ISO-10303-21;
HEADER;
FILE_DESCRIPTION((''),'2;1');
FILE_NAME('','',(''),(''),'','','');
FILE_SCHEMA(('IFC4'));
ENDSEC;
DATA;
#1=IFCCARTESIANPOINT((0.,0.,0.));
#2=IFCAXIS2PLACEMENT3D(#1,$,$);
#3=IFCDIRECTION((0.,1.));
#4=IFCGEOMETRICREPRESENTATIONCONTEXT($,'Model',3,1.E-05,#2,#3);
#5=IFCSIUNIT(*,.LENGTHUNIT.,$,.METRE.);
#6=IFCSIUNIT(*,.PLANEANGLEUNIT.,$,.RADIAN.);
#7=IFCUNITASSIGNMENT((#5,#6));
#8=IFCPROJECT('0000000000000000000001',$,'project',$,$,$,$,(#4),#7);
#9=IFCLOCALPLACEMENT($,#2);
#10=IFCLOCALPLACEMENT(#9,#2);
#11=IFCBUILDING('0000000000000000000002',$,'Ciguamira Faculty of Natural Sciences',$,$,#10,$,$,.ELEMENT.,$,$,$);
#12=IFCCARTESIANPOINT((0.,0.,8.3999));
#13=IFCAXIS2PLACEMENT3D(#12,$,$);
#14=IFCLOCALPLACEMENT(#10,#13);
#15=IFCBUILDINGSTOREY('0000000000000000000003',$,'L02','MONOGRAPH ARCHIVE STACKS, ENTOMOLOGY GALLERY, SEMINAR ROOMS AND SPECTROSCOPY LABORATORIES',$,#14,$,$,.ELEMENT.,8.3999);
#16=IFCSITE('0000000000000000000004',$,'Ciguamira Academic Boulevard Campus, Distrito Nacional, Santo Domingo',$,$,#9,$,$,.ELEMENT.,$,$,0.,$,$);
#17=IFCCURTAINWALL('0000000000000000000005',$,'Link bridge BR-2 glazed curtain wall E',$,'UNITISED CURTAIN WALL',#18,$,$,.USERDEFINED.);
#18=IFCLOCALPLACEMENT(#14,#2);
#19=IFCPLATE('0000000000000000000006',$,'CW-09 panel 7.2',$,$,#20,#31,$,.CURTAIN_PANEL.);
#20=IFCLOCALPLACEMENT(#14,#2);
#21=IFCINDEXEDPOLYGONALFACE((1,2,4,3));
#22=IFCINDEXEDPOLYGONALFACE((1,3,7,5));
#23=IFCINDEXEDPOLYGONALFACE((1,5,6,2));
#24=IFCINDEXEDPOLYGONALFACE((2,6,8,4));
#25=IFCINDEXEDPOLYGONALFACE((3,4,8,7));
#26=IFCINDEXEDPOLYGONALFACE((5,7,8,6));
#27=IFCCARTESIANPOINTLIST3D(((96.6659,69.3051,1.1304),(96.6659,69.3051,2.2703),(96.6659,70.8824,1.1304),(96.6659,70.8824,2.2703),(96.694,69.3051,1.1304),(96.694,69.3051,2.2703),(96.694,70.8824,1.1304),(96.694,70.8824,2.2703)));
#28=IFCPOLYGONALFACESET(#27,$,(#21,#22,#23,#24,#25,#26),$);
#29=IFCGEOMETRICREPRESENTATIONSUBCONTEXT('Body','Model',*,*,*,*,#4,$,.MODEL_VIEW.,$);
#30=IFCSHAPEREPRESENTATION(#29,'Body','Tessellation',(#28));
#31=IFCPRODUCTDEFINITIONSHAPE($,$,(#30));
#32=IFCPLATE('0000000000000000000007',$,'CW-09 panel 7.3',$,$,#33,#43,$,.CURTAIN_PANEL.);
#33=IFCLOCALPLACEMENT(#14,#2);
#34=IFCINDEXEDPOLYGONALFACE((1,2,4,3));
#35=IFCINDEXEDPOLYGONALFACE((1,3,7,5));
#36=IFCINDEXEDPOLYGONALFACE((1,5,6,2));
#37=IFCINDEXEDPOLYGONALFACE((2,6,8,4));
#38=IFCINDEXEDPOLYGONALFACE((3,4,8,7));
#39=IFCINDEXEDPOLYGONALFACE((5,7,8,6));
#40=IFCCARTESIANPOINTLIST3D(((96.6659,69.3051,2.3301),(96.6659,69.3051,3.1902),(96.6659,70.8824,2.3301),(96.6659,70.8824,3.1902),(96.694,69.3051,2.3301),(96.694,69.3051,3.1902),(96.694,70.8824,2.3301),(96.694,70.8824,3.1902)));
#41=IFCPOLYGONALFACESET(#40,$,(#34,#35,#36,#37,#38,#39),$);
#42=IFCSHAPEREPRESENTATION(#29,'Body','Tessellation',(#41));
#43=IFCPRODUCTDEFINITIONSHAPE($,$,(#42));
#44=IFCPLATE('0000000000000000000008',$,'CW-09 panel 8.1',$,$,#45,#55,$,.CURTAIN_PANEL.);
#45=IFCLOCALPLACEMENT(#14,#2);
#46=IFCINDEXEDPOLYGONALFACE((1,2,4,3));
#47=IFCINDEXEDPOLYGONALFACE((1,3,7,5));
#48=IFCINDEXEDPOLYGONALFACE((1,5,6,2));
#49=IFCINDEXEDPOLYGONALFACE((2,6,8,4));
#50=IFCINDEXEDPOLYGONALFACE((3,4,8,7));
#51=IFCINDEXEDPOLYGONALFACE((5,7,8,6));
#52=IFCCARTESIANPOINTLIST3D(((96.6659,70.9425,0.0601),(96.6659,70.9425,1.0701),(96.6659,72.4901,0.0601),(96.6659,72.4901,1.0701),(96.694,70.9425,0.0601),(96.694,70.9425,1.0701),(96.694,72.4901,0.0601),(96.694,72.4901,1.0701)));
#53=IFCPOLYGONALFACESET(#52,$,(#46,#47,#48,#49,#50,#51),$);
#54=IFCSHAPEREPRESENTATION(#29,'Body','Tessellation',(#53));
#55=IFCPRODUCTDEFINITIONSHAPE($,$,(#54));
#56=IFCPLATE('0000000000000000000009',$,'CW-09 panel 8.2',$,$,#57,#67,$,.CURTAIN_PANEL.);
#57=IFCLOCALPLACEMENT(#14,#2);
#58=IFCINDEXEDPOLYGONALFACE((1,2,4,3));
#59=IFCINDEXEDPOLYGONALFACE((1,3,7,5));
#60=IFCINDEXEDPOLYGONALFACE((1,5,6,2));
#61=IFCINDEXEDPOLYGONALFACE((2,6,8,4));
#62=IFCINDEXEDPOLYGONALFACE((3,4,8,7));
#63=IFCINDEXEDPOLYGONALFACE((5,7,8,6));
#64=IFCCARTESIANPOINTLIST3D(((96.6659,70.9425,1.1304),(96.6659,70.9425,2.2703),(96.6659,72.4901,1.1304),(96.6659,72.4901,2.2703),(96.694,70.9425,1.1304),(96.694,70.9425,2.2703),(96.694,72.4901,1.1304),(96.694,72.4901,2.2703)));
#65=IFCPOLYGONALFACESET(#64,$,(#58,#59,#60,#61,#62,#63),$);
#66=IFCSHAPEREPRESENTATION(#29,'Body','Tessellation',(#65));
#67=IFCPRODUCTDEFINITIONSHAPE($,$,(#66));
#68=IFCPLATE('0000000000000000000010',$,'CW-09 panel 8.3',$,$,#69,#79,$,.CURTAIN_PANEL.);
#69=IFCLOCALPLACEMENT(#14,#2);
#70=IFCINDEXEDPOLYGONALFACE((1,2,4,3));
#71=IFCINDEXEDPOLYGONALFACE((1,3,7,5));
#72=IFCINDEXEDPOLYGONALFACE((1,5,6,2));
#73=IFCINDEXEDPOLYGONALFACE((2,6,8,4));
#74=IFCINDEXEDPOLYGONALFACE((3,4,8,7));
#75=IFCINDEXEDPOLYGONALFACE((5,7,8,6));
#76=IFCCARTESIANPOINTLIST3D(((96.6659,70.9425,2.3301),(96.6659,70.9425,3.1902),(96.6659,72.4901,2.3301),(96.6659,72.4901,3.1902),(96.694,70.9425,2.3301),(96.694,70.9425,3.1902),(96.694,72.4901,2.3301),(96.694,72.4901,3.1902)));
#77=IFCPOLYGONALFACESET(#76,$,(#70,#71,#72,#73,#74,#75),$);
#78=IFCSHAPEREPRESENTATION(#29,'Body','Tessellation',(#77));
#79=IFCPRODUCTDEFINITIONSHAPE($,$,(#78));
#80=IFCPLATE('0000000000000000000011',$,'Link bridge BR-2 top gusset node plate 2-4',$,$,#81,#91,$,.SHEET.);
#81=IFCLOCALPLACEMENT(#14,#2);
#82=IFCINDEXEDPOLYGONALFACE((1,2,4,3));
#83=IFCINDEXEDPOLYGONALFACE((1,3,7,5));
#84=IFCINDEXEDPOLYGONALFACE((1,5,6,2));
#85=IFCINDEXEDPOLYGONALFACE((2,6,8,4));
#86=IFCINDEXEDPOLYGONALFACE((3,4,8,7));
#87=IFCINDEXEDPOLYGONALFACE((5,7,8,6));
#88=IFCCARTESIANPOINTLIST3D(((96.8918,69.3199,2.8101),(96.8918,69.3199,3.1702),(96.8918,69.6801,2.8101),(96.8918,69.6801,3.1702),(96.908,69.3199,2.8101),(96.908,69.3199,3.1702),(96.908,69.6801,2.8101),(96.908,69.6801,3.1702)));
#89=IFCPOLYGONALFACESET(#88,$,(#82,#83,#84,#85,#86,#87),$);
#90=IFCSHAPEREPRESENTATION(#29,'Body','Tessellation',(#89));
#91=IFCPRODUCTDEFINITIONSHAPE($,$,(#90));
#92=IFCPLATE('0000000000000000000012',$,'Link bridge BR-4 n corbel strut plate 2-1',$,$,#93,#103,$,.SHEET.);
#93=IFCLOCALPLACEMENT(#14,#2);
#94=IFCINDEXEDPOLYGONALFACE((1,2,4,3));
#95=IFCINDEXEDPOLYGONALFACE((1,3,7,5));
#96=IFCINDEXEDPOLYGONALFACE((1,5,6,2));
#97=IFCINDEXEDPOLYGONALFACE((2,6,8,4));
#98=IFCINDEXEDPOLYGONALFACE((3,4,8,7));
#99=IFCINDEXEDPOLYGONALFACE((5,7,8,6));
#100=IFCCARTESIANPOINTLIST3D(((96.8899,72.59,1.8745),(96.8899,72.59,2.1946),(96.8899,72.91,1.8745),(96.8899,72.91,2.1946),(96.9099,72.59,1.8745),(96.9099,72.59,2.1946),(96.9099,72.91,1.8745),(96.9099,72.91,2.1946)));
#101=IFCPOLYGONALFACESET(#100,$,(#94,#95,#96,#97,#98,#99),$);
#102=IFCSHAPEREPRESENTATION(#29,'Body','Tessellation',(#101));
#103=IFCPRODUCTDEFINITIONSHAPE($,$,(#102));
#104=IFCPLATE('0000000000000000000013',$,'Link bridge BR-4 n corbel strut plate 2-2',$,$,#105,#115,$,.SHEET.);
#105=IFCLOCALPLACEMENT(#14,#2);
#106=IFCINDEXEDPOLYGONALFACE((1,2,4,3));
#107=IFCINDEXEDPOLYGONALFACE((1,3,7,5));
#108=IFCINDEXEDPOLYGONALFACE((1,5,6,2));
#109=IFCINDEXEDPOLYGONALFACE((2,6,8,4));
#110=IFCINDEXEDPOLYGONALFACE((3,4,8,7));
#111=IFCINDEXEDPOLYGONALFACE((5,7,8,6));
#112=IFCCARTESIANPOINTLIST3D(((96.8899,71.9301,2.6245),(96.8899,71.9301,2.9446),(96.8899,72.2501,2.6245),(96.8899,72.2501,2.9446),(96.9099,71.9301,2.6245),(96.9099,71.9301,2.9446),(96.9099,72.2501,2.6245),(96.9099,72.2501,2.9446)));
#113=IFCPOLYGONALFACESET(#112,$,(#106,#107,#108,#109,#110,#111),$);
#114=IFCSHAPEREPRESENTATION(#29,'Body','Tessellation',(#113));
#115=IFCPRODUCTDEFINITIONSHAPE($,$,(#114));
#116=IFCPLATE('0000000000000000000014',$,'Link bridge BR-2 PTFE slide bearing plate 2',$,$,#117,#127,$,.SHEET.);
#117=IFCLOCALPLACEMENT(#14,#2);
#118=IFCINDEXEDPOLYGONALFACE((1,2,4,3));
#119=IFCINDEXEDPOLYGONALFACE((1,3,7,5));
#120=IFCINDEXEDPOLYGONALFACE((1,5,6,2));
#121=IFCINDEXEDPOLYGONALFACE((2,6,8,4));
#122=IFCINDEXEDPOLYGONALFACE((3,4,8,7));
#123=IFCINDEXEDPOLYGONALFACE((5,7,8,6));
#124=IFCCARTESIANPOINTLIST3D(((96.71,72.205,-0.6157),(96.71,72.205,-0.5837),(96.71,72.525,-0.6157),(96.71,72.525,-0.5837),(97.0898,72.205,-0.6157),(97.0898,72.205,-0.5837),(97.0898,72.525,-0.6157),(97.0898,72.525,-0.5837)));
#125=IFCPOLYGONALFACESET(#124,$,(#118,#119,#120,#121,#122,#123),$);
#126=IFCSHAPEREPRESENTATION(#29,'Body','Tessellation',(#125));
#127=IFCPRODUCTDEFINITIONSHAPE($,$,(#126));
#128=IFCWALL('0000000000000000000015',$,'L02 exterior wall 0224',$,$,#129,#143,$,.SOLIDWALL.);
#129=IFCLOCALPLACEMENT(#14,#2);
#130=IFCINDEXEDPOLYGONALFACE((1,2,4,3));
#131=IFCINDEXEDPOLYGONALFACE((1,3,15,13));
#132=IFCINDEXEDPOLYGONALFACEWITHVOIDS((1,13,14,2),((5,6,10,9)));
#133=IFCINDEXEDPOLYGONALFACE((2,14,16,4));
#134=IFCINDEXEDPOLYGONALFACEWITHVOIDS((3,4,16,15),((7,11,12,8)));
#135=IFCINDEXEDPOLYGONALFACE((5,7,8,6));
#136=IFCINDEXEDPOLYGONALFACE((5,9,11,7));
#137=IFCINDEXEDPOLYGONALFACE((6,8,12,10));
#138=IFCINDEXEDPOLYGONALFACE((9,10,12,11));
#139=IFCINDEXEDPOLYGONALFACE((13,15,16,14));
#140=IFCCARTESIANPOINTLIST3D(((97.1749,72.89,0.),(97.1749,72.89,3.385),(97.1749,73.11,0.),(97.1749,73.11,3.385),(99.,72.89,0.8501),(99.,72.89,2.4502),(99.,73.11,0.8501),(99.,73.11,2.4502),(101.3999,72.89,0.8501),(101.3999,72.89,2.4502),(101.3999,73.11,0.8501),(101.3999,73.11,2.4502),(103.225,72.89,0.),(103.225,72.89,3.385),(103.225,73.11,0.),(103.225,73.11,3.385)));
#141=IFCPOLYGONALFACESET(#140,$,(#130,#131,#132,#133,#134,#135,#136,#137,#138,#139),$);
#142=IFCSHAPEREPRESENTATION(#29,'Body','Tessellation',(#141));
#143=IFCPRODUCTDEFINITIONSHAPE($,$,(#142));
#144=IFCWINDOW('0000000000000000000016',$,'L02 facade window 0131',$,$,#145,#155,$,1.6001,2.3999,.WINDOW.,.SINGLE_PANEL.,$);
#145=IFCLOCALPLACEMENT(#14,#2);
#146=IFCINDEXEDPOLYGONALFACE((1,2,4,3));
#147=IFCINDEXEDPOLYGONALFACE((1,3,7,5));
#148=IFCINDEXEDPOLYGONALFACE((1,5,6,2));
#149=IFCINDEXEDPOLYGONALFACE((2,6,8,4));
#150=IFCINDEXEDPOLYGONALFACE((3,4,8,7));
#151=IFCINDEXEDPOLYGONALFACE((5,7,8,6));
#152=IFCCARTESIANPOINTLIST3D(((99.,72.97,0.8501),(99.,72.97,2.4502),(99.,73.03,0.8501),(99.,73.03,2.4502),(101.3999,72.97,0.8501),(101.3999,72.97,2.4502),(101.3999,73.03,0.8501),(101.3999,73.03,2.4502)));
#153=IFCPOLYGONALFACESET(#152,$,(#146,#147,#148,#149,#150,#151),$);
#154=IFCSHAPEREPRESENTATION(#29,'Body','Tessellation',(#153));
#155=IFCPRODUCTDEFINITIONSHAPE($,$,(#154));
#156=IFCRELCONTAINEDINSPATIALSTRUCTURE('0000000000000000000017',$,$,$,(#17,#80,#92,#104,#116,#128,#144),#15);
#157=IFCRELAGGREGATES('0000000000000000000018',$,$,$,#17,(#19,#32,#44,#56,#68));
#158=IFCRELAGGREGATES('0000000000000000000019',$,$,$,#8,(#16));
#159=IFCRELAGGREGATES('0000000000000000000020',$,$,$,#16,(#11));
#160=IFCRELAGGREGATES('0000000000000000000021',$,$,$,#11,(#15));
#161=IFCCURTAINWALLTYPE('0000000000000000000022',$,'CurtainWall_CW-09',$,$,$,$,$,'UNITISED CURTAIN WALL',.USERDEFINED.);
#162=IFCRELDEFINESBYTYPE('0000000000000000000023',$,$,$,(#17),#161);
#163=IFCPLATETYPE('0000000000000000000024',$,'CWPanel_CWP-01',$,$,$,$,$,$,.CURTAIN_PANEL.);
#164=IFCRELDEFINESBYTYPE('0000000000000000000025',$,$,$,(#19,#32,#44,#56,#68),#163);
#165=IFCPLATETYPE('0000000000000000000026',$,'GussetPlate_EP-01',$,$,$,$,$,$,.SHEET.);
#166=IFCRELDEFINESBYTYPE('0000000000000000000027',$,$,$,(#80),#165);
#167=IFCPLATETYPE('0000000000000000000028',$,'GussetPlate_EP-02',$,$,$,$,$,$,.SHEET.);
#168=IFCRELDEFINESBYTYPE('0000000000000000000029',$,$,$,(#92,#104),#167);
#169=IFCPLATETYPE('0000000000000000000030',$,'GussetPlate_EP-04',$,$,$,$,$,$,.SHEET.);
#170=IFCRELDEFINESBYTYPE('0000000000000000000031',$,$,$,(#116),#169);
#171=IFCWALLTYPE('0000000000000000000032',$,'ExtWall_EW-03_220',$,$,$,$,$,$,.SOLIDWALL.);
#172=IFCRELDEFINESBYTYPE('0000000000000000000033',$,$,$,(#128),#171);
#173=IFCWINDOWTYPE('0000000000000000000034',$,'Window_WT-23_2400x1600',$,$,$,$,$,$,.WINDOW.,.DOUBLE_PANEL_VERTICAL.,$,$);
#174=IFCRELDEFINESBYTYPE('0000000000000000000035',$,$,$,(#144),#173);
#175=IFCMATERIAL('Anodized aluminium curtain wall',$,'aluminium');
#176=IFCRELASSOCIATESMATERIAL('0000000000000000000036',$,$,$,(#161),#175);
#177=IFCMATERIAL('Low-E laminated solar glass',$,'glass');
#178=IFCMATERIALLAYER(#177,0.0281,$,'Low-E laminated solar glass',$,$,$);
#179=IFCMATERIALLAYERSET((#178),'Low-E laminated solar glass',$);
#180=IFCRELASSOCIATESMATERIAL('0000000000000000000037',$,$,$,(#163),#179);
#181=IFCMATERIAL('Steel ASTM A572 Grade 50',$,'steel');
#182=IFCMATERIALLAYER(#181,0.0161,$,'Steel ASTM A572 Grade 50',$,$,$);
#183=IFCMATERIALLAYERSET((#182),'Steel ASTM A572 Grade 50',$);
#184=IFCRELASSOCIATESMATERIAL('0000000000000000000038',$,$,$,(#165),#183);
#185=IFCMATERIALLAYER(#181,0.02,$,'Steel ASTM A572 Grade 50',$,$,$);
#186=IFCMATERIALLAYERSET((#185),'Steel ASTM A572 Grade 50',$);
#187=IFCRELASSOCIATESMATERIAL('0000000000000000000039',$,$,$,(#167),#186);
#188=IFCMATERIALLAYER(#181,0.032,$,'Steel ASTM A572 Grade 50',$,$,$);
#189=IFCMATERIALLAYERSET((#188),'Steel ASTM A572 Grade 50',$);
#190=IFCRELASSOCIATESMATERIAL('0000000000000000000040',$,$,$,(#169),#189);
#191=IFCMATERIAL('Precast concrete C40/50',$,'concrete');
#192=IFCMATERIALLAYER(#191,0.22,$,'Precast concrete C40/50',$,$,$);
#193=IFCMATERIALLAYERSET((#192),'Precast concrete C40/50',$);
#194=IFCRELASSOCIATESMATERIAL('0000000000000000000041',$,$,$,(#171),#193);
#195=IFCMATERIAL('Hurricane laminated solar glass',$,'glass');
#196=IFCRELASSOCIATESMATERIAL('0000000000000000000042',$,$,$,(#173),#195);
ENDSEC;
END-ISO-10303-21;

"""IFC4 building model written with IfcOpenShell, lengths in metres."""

from ifc_helpers import new_model, si_unit, direction, frame, frame_2d, origin, origin_2d, place, context, subcontext, project, spatial, rectangle, extrude, material, layer, layer_set, type_object, element, fill, aggregate, save


model = new_model("IFC4")

# Units and contexts
model_context = context("Model", 3, precision=1e-05, world=origin(), true_north=direction((0.0, 1.0)))
body_context = subcontext(model_context, "Body", "Model", "MODEL_VIEW")
ifc_project = project(units=[si_unit("LENGTHUNIT", "METRE"), si_unit("PLANEANGLEUNIT", "RADIAN")], contexts=[model_context])

# Site, building, storey
site_placement = place(None, origin())
site = spatial("IfcSite", under=ifc_project, at=site_placement, Name="Ciguamira Academic Boulevard Campus, Distrito Nacional, Santo Domingo", CompositionType="ELEMENT", RefElevation=0.0)
building_placement = place(site_placement, origin())
building = spatial("IfcBuilding", under=site, at=building_placement, Name="Ciguamira Faculty of Natural Sciences", CompositionType="ELEMENT")
storey_placement = place(building_placement, frame((0.0, 0.0, 8.3999)))
storey = spatial("IfcBuildingStorey", under=building, at=storey_placement, Name="L02", Description="MONOGRAPH ARCHIVE STACKS, ENTOMOLOGY GALLERY, SEMINAR ROOMS AND SPECTROSCOPY LABORATORIES", CompositionType="ELEMENT", Elevation=8.3999)

# Curtain wall
ifc_material_1 = material(Name="Anodized aluminium curtain wall", Category="aluminium")
curtain_wall_type = type_object("IfcCurtainWallType", Name="CurtainWall_CW-09", ElementType="UNITISED CURTAIN WALL", PredefinedType="USERDEFINED", material=ifc_material_1)
curtain_wall_placement = place(storey_placement, origin())
curtain_wall = element("IfcCurtainWall", 1, at=curtain_wall_placement, inside=storey, type_object=curtain_wall_type, Name="Link bridge BR-2 glazed curtain wall E", ObjectType="UNITISED CURTAIN WALL", PredefinedType="USERDEFINED")

# Plates
ifc_material_2 = material(Name="Low-E laminated solar glass", Category="glass")
ifc_layer_1 = layer(ifc_material_2, 0.0281, Name="Low-E laminated solar glass")
ifc_layer_set_1 = layer_set([ifc_layer_1], Name="Low-E laminated solar glass")
plate_type_1 = type_object("IfcPlateType", Name="CWPanel_CWP-01", PredefinedType="CURTAIN_PANEL", material=ifc_layer_set_1)
plate_1_placement = place(storey_placement, frame((96.6799, 70.0938, 1.1304), z_axis=(0.0, 0.0, 1.0), x_axis=(0.0, 1.0, 0.0)))
plate_1 = element("IfcPlate", 2, at=plate_1_placement, type_object=plate_type_1, Name="CW-09 panel 7.2", PredefinedType="CURTAIN_PANEL", context=body_context, shape_type="SweptSolid", body=[
    extrude(rectangle(XDim=1.5774, YDim=0.0281, at=origin_2d()), origin(), (0.0, 0.0, 1.0), 1.1399),
])
plate_2_placement = place(storey_placement, frame((96.6799, 70.0938, 2.3301), z_axis=(0.0, 0.0, 1.0), x_axis=(0.0, 1.0, 0.0)))
plate_2 = element("IfcPlate", 3, at=plate_2_placement, type_object=plate_type_1, Name="CW-09 panel 7.3", PredefinedType="CURTAIN_PANEL", context=body_context, shape_type="SweptSolid", body=[
    extrude(rectangle(XDim=1.5774, YDim=0.0281, at=origin_2d()), origin(), (0.0, 0.0, 1.0), 0.8601),
])
plate_3_placement = place(storey_placement, frame((96.6799, 71.7163, 0.0601), z_axis=(0.0, 0.0, 1.0), x_axis=(0.0, 1.0, 0.0)))
plate_3 = element("IfcPlate", 4, at=plate_3_placement, type_object=plate_type_1, Name="CW-09 panel 8.1", PredefinedType="CURTAIN_PANEL", context=body_context, shape_type="SweptSolid", body=[
    extrude(rectangle(XDim=1.5476, YDim=0.0281, at=origin_2d()), origin(), (0.0, 0.0, 1.0), 1.01),
])
plate_4_placement = place(storey_placement, frame((96.6799, 71.7163, 1.1304), z_axis=(0.0, 0.0, 1.0), x_axis=(0.0, 1.0, 0.0)))
plate_4 = element("IfcPlate", 5, at=plate_4_placement, type_object=plate_type_1, Name="CW-09 panel 8.2", PredefinedType="CURTAIN_PANEL", context=body_context, shape_type="SweptSolid", body=[
    extrude(rectangle(XDim=1.5476, YDim=0.0281, at=origin_2d()), origin(), (0.0, 0.0, 1.0), 1.1399),
])
plate_5_placement = place(storey_placement, frame((96.6799, 71.7163, 2.3301), z_axis=(0.0, 0.0, 1.0), x_axis=(0.0, 1.0, 0.0)))
plate_5 = element("IfcPlate", 6, at=plate_5_placement, type_object=plate_type_1, Name="CW-09 panel 8.3", PredefinedType="CURTAIN_PANEL", context=body_context, shape_type="SweptSolid", body=[
    extrude(rectangle(XDim=1.5476, YDim=0.0281, at=origin_2d()), origin(), (0.0, 0.0, 1.0), 0.8601),
])
aggregate(curtain_wall, [plate_1, plate_2, plate_3, plate_4, plate_5])

# Plates
ifc_material_3 = material(Name="Steel ASTM A572 Grade 50", Category="steel")
ifc_layer_2 = layer(ifc_material_3, 0.0161, Name="Steel ASTM A572 Grade 50")
ifc_layer_set_2 = layer_set([ifc_layer_2], Name="Steel ASTM A572 Grade 50")
plate_type_2 = type_object("IfcPlateType", Name="GussetPlate_EP-01", PredefinedType="SHEET", material=ifc_layer_set_2)
plate_6_placement = place(storey_placement, frame((96.8999, 69.5, 2.8101), z_axis=(0.0, 0.0, 1.0), x_axis=(1.0, 0.0, 0.0)))
element("IfcPlate", 7, at=plate_6_placement, inside=storey, type_object=plate_type_2, Name="Link bridge BR-2 top gusset node plate 2-4", PredefinedType="SHEET", context=body_context, shape_type="SweptSolid", body=[
    extrude(rectangle(XDim=0.0161, YDim=0.3601, at=origin_2d()), origin(), (0.0, 0.0, 1.0), 0.3601),
])
ifc_layer_3 = layer(ifc_material_3, 0.02, Name="Steel ASTM A572 Grade 50")
ifc_layer_set_3 = layer_set([ifc_layer_3], Name="Steel ASTM A572 Grade 50")
plate_type_3 = type_object("IfcPlateType", Name="GussetPlate_EP-02", PredefinedType="SHEET", material=ifc_layer_set_3)
for number, where, z_axis, x_axis, name in (
    (8, (96.8999, 72.75, 1.8745), (0.0, 0.0, 1.0), (1.0, 0.0, 0.0), "Link bridge BR-4 n corbel strut plate 2-1"),
    (9, (96.8999, 72.0901, 2.6245), (0.0, 0.0, 1.0), (1.0, 0.0, 0.0), "Link bridge BR-4 n corbel strut plate 2-2"),
):
    element("IfcPlate", number, at=place(storey_placement, frame(where, z_axis=z_axis, x_axis=x_axis)), inside=storey, type_object=plate_type_3, Name=name, PredefinedType="SHEET", context=body_context, shape_type="SweptSolid", body=[
        extrude(rectangle(XDim=0.02, YDim=0.3201, at=origin_2d()), origin(), (0.0, 0.0, 1.0), 0.3201),
    ])
ifc_layer_4 = layer(ifc_material_3, 0.032, Name="Steel ASTM A572 Grade 50")
ifc_layer_set_4 = layer_set([ifc_layer_4], Name="Steel ASTM A572 Grade 50")
plate_type_4 = type_object("IfcPlateType", Name="GussetPlate_EP-04", PredefinedType="SHEET", material=ifc_layer_set_4)
plate_7_placement = place(storey_placement, frame((96.8999, 72.365, -0.6157), z_axis=(0.0, 0.0, 1.0), x_axis=(1.0, 0.0, 0.0)))
element("IfcPlate", 10, at=plate_7_placement, inside=storey, type_object=plate_type_4, Name="Link bridge BR-2 PTFE slide bearing plate 2", PredefinedType="SHEET", context=body_context, shape_type="SweptSolid", body=[
    extrude(rectangle(XDim=0.3799, YDim=0.3201, at=origin_2d()), origin(), (0.0, 0.0, 1.0), 0.032),
])

# Wall, opening, window
ifc_material_4 = material(Name="Precast concrete C40/50", Category="concrete")
ifc_layer_5 = layer(ifc_material_4, 0.22, Name="Precast concrete C40/50")
ifc_layer_set_5 = layer_set([ifc_layer_5], Name="Precast concrete C40/50")
wall_type = type_object("IfcWallType", Name="ExtWall_EW-03_220", PredefinedType="SOLIDWALL", material=ifc_layer_set_5)
wall_placement = place(storey_placement, frame((97.175, 73.0, 0.0), z_axis=(0.0, 0.0, 1.0), x_axis=(1.0, 0.0, 0.0)))
wall = element("IfcWall", 11, at=wall_placement, inside=storey, type_object=wall_type, Name="L02 exterior wall 0224", PredefinedType="SOLIDWALL", context=body_context, shape_type="SweptSolid", body=[
    extrude(rectangle(XDim=6.05, YDim=0.22, at=frame_2d((3.0249, 0.0))), origin(), (0.0, 0.0, 1.0), 3.385),
])
opening_placement = place(wall_placement, frame((1.825, 0.0, 0.8501)))
opening = element("IfcOpeningElement", 12, at=opening_placement, cuts=wall, PredefinedType="OPENING", context=body_context, shape_type="SweptSolid", body=[
    extrude(rectangle(XDim=2.3999, YDim=1.6001, at=frame_2d((1.2, 0.8))), frame((0.0, 0.1199, 0.0), z_axis=(0.0, -1.0, 0.0), x_axis=(1.0, 0.0, 0.0)), (0.0, 0.0, 1.0), 0.24),
])
ifc_material_5 = material(Name="Hurricane laminated solar glass", Category="glass")
window_type = type_object("IfcWindowType", Name="Window_WT-23_2400x1600", PartitioningType="DOUBLE_PANEL_VERTICAL", PredefinedType="WINDOW", material=ifc_material_5)
window_placement = place(opening_placement, origin())
window = element("IfcWindow", 13, at=window_placement, inside=storey, type_object=window_type, Name="L02 facade window 0131", OverallHeight=1.6001, OverallWidth=2.3999, PartitioningType="SINGLE_PANEL", PredefinedType="WINDOW", context=body_context, shape_type="SweptSolid", body=[
    extrude(rectangle(XDim=2.3999, YDim=1.6001, at=frame_2d((1.2, 0.8))), frame((0.0, 0.03, 0.0), z_axis=(0.0, -1.0, 0.0), x_axis=(1.0, 0.0, 0.0)), (0.0, 0.0, 1.0), 0.0601),
])
fill(opening, window)

save(model, "model.ifc")
